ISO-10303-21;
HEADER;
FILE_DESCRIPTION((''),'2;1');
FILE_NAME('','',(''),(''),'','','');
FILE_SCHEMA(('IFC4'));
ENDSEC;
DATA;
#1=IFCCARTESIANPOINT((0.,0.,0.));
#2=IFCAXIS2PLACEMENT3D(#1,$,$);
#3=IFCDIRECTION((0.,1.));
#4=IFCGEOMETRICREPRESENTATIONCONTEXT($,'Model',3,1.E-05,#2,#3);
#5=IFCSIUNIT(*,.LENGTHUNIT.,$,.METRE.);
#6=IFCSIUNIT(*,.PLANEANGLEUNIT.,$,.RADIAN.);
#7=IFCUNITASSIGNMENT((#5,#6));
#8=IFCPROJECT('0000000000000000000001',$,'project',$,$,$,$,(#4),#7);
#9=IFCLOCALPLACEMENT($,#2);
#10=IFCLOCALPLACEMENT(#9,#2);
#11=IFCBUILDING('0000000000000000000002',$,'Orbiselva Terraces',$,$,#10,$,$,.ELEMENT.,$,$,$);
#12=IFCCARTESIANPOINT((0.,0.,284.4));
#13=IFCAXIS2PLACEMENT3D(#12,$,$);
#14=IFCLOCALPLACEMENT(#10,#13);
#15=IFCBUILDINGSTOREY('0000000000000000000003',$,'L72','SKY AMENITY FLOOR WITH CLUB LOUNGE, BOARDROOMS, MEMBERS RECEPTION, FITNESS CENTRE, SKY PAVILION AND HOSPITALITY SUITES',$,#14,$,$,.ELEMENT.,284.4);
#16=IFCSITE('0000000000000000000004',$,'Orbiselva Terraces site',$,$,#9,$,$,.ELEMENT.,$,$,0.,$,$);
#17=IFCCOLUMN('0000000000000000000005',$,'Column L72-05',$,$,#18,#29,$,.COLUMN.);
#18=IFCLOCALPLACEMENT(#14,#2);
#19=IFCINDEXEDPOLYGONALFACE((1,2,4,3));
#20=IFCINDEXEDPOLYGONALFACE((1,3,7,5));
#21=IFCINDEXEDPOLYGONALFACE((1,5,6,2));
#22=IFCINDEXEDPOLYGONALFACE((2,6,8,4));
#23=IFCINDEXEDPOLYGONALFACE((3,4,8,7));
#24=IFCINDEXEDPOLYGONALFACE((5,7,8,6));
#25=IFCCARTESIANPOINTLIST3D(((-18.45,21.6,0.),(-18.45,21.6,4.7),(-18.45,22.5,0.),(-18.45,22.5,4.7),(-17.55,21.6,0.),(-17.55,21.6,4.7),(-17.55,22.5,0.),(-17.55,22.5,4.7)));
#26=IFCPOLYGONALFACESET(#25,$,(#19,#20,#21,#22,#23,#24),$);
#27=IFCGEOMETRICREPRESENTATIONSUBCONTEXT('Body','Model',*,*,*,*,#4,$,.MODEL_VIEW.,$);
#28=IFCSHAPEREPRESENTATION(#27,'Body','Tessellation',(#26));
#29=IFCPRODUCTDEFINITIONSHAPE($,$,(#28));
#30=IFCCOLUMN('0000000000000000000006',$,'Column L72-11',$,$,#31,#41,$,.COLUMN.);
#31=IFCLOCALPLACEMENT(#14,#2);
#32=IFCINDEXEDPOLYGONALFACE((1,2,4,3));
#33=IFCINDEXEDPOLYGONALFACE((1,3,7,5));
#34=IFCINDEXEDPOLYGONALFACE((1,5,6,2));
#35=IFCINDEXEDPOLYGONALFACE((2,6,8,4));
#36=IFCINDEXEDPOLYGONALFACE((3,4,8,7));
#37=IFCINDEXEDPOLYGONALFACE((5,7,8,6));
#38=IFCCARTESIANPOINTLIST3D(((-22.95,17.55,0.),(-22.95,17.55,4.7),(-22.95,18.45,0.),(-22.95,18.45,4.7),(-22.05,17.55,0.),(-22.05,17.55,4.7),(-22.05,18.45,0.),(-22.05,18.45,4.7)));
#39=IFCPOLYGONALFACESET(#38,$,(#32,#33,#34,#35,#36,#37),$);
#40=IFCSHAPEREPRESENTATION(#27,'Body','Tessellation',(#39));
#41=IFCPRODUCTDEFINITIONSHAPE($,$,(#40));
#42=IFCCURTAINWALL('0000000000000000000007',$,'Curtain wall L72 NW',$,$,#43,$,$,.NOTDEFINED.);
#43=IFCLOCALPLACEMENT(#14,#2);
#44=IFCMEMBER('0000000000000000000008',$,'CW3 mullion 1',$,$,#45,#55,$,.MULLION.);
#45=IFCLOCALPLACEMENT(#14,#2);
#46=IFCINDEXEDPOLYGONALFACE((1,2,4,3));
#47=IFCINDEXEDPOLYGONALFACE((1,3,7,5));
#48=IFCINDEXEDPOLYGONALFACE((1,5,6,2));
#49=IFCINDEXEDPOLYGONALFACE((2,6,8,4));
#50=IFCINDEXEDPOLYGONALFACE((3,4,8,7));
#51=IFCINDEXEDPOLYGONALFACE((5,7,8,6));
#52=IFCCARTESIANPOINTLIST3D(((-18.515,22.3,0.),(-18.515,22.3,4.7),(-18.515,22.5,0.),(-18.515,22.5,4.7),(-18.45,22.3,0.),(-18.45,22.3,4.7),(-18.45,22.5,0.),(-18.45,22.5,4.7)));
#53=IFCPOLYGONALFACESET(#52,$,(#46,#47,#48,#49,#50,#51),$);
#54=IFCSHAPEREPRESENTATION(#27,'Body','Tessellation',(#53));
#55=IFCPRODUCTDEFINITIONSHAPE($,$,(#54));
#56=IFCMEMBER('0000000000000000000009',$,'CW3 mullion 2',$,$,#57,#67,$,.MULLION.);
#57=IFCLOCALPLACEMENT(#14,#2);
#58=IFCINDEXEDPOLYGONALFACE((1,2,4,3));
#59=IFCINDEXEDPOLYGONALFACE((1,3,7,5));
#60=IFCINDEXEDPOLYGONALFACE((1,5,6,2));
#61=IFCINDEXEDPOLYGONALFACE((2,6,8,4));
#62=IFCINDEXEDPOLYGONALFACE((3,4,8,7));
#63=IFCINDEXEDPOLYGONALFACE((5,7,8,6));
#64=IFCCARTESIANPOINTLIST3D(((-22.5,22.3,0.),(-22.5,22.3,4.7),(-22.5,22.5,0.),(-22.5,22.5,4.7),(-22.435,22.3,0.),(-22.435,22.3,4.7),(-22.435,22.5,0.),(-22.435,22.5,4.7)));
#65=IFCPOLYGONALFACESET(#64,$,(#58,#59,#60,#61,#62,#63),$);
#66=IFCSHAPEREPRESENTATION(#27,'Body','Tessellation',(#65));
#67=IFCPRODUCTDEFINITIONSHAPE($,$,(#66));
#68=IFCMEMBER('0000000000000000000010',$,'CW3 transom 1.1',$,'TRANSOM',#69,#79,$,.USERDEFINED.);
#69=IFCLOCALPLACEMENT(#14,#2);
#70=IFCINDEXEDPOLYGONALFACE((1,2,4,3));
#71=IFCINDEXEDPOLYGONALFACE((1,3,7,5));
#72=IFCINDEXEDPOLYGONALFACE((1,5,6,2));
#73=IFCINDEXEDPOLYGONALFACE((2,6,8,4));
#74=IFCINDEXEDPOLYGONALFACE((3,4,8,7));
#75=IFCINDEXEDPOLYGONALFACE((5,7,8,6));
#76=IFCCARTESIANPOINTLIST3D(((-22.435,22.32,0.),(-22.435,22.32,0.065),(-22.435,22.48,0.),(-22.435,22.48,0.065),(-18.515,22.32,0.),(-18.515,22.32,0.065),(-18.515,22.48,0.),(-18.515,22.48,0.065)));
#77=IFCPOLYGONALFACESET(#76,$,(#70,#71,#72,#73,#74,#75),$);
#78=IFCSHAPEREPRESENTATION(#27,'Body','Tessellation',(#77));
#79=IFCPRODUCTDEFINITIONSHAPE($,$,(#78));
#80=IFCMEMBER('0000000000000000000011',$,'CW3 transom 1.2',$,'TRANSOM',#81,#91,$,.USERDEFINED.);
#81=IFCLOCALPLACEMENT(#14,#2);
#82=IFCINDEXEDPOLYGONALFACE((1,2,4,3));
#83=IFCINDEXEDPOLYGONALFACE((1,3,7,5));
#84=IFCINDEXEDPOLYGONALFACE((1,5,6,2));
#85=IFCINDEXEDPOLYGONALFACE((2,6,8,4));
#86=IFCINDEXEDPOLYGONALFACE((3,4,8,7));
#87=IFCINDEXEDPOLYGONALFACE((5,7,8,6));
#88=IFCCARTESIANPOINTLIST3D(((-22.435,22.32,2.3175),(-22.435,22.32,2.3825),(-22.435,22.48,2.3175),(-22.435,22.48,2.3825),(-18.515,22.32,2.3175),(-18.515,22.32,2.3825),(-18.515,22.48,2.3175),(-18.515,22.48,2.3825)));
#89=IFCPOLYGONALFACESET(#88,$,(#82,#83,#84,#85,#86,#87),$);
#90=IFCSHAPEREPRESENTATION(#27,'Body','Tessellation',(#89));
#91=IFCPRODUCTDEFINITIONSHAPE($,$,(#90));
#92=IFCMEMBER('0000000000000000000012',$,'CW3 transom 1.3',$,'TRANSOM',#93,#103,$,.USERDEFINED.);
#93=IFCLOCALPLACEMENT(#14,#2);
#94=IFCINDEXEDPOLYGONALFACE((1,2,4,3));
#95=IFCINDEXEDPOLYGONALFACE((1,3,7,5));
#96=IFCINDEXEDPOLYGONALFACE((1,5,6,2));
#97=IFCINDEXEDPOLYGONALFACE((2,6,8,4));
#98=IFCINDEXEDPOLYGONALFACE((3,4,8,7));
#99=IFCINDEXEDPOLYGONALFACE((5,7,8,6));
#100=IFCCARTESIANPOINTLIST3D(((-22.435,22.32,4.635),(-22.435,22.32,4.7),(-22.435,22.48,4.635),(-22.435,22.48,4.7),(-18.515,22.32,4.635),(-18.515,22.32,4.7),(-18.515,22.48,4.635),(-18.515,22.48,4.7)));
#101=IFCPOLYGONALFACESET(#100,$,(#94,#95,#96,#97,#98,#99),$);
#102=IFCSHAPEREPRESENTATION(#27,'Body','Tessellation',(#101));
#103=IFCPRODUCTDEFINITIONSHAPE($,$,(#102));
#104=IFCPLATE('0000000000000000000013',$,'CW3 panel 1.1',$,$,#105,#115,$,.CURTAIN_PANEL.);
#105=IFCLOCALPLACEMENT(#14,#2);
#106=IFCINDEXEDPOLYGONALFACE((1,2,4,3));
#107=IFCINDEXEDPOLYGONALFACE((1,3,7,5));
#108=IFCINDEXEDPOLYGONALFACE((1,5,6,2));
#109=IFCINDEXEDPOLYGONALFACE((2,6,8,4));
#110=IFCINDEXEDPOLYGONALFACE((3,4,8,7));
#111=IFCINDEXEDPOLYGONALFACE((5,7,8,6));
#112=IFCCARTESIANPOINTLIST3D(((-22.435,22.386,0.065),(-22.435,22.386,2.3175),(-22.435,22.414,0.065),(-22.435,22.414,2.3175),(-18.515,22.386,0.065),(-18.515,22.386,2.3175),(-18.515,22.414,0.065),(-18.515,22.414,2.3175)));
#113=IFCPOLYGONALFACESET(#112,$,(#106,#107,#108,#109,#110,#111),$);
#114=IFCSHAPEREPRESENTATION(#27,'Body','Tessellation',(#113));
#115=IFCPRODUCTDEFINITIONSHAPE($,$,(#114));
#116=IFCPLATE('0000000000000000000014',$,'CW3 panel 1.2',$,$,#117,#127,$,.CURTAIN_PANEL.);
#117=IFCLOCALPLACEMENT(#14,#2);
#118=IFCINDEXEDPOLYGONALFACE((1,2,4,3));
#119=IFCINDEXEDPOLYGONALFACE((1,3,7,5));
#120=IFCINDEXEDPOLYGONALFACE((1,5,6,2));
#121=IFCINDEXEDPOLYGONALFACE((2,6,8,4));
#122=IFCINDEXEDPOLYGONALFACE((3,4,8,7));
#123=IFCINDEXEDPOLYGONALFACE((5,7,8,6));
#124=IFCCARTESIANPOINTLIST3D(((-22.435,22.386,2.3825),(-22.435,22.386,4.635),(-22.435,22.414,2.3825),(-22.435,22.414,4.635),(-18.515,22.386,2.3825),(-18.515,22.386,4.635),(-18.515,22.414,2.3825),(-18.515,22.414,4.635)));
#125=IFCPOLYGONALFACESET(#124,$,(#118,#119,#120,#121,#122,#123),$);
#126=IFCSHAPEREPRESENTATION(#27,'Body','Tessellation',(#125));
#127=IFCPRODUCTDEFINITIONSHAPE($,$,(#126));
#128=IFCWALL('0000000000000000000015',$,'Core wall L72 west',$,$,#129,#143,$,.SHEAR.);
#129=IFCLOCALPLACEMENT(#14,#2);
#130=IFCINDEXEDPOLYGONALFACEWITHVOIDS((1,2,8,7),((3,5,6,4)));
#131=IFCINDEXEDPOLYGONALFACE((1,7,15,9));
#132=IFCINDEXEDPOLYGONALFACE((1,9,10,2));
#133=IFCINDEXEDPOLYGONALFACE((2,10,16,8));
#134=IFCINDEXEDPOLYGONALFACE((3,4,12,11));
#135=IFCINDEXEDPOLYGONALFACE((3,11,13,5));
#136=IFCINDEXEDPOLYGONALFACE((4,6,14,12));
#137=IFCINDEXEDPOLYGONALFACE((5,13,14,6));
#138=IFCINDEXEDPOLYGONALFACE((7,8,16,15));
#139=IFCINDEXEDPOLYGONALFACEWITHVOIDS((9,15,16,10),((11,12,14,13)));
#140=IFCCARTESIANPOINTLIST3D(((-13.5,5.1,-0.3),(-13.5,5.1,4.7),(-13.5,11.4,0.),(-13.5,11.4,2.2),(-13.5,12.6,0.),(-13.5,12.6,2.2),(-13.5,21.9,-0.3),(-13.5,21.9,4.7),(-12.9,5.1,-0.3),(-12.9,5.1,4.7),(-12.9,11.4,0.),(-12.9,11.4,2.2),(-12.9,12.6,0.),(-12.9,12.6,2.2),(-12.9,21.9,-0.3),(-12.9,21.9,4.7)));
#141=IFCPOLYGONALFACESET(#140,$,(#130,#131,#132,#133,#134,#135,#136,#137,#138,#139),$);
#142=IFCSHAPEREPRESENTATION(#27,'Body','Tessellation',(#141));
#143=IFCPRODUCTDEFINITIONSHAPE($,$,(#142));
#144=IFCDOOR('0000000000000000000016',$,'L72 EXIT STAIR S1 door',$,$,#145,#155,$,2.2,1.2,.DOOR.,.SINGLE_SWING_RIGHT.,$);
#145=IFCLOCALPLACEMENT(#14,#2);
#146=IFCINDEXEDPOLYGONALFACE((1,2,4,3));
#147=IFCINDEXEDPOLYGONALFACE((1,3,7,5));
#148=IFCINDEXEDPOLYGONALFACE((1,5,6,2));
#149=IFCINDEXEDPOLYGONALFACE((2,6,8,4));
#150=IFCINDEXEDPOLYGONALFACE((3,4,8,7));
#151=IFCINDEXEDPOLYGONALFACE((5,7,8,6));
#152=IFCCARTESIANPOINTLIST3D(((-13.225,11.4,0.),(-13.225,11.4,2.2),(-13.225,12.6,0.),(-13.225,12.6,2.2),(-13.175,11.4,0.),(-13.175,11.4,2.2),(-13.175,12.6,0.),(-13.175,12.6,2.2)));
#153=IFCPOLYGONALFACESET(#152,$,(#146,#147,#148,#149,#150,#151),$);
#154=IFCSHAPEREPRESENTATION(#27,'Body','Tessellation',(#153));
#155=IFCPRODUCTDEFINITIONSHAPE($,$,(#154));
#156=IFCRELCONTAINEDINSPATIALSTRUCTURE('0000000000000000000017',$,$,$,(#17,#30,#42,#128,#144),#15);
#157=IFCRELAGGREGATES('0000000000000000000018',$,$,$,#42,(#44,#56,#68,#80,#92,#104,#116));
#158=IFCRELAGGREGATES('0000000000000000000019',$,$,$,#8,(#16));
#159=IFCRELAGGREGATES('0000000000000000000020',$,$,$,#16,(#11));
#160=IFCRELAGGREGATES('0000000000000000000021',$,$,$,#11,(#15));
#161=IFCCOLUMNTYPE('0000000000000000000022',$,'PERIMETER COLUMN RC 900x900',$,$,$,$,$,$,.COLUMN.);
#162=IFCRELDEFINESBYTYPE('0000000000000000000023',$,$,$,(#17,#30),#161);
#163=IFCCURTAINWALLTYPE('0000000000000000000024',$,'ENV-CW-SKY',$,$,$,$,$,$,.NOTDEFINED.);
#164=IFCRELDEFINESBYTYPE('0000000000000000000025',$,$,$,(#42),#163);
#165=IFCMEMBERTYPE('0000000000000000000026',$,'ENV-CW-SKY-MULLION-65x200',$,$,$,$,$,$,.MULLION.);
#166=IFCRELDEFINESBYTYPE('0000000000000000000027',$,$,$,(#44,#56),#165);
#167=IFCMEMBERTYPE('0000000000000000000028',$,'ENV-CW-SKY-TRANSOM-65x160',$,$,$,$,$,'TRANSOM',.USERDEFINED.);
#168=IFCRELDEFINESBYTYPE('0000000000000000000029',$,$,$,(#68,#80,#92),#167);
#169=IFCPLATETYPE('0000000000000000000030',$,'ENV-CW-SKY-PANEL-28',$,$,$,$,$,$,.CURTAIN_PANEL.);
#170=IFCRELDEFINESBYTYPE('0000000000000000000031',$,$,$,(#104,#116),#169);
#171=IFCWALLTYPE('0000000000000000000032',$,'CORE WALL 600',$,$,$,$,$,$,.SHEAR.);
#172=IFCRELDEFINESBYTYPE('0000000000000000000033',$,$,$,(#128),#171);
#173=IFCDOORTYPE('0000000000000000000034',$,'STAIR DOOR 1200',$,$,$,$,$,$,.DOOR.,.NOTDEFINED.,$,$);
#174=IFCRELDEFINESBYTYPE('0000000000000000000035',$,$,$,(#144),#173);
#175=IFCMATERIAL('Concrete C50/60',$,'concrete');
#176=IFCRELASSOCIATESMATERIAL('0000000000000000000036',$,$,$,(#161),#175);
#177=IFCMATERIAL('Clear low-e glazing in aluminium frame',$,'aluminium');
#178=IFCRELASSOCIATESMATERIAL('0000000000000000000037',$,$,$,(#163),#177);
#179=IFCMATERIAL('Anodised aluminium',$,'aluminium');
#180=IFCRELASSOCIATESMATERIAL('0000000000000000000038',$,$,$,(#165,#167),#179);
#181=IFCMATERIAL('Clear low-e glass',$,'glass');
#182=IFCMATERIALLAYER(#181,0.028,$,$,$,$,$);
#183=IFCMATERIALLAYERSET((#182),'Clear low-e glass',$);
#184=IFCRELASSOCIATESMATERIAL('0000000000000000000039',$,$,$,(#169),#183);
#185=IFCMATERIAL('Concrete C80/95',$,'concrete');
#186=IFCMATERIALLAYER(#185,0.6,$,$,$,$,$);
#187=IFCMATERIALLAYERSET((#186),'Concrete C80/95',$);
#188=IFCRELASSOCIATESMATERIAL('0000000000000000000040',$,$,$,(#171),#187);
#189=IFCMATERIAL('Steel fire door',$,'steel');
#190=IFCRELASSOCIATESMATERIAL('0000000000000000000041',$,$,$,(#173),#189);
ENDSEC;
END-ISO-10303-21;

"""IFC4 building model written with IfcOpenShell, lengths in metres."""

from ifc_helpers import new_model, si_unit, direction, frame, frame_2d, origin, origin_2d, place, context, subcontext, project, spatial, rectangle, extrude, material, layer, layer_set, material_profile, profile_set, type_object, element, fill, aggregate, save


model = new_model("IFC4")

# Units and contexts
model_context = context("Model", 3, precision=1e-05, world=origin(), true_north=direction((0.0, 1.0)))
body_context = subcontext(model_context, "Body", "Model", "MODEL_VIEW")
ifc_project = project(units=[si_unit("LENGTHUNIT", "METRE"), si_unit("PLANEANGLEUNIT", "RADIAN")], contexts=[model_context])

# Site, building, storey
site_placement = place(None, origin())
site = spatial("IfcSite", under=ifc_project, at=site_placement, Name="Orbiselva Terraces site", CompositionType="ELEMENT", RefElevation=0.0)
building_placement = place(site_placement, origin())
building = spatial("IfcBuilding", under=site, at=building_placement, Name="Orbiselva Terraces", CompositionType="ELEMENT")
storey_placement = place(building_placement, frame((0.0, 0.0, 284.4)))
storey = spatial("IfcBuildingStorey", under=building, at=storey_placement, Name="L72", Description="SKY AMENITY FLOOR WITH CLUB LOUNGE, BOARDROOMS, MEMBERS RECEPTION, FITNESS CENTRE, SKY PAVILION AND HOSPITALITY SUITES", CompositionType="ELEMENT", Elevation=284.4)

# Columns
ifc_material_1 = material(Name="Concrete C50/60", Category="concrete")
ifc_material_profile_1 = material_profile(ifc_material_1, rectangle(XDim=0.9, YDim=0.9, at=origin_2d()), Name="RC 900x900")
ifc_profile_set_1 = profile_set([ifc_material_profile_1], Name="Concrete C50/60")
column_type = type_object("IfcColumnType", Name="PERIMETER COLUMN RC 900x900", PredefinedType="COLUMN", material=ifc_profile_set_1)
for number, where, z_axis, x_axis, name in (
    (1, (-18.0, 22.05, 0.0), (0.0, 0.0, 1.0), (1.0, 0.0, 0.0), "Column L72-05"),
    (2, (-22.5, 18.0, 0.0), (0.0, 0.0, 1.0), (1.0, 0.0, 0.0), "Column L72-11"),
):
    element("IfcColumn", number, at=place(storey_placement, frame(where, z_axis=z_axis, x_axis=x_axis)), inside=storey, type_object=column_type, Name=name, PredefinedType="COLUMN", context=body_context, shape_type="SweptSolid", body=[
        extrude(rectangle(XDim=0.9, YDim=0.9, at=origin_2d()), origin(), (0.0, 0.0, 1.0), 4.7),
    ])

# Curtain wall, members, plates
ifc_material_2 = material(Name="Clear low-e glazing in aluminium frame", Category="aluminium")
curtain_wall_type = type_object("IfcCurtainWallType", Name="ENV-CW-SKY", PredefinedType="NOTDEFINED", material=ifc_material_2)
curtain_wall_placement = place(storey_placement, origin())
curtain_wall = element("IfcCurtainWall", 3, at=curtain_wall_placement, inside=storey, type_object=curtain_wall_type, Name="Curtain wall L72 NW", PredefinedType="NOTDEFINED")
ifc_material_3 = material(Name="Anodised aluminium", Category="aluminium")
ifc_material_profile_2 = material_profile(ifc_material_3, rectangle(XDim=0.2, YDim=0.065, at=origin_2d()), Name="AL 65x200")
ifc_profile_set_2 = profile_set([ifc_material_profile_2], Name="Anodised aluminium")
member_type_1 = type_object("IfcMemberType", Name="ENV-CW-SKY-MULLION-65x200", PredefinedType="MULLION", material=ifc_profile_set_2)
member_1_placement = place(storey_placement, frame((-18.4825, 22.4, 0.0), z_axis=(0.0, 0.0, 1.0), x_axis=(0.0, -1.0, 0.0)))
member_1 = element("IfcMember", 4, at=member_1_placement, type_object=member_type_1, Name="CW3 mullion 1", PredefinedType="MULLION", context=body_context, shape_type="SweptSolid", body=[
    extrude(rectangle(XDim=0.2, YDim=0.065, at=origin_2d()), origin(), (0.0, 0.0, 1.0), 4.7),
])
member_2_placement = place(storey_placement, frame((-22.4675, 22.4, 0.0), z_axis=(0.0, 0.0, 1.0), x_axis=(0.0, -1.0, 0.0)))
member_2 = element("IfcMember", 5, at=member_2_placement, type_object=member_type_1, Name="CW3 mullion 2", PredefinedType="MULLION", context=body_context, shape_type="SweptSolid", body=[
    extrude(rectangle(XDim=0.2, YDim=0.065, at=origin_2d()), origin(), (0.0, 0.0, 1.0), 4.7),
])
ifc_material_profile_3 = material_profile(ifc_material_3, rectangle(XDim=0.16, YDim=0.065, at=origin_2d()), Name="AL 65x160")
ifc_profile_set_3 = profile_set([ifc_material_profile_3], Name="Anodised aluminium")
member_type_2 = type_object("IfcMemberType", Name="ENV-CW-SKY-TRANSOM-65x160", ElementType="TRANSOM", PredefinedType="USERDEFINED", material=ifc_profile_set_3)
member_3_placement = place(storey_placement, frame((-18.515, 22.4, 0.0325), z_axis=(-1.0, 0.0, 0.0), x_axis=(0.0, -1.0, 0.0)))
member_3 = element("IfcMember", 6, at=member_3_placement, type_object=member_type_2, Name="CW3 transom 1.1", ObjectType="TRANSOM", PredefinedType="USERDEFINED", context=body_context, shape_type="SweptSolid", body=[
    extrude(rectangle(XDim=0.16, YDim=0.065, at=origin_2d()), origin(), (0.0, 0.0, 1.0), 3.92),
])
member_4_placement = place(storey_placement, frame((-18.515, 22.4, 2.35), z_axis=(-1.0, 0.0, 0.0), x_axis=(0.0, -1.0, 0.0)))
member_4 = element("IfcMember", 7, at=member_4_placement, type_object=member_type_2, Name="CW3 transom 1.2", ObjectType="TRANSOM", PredefinedType="USERDEFINED", context=body_context, shape_type="SweptSolid", body=[
    extrude(rectangle(XDim=0.16, YDim=0.065, at=origin_2d()), origin(), (0.0, 0.0, 1.0), 3.92),
])
member_5_placement = place(storey_placement, frame((-18.515, 22.4, 4.6675), z_axis=(-1.0, 0.0, 0.0), x_axis=(0.0, -1.0, 0.0)))
member_5 = element("IfcMember", 8, at=member_5_placement, type_object=member_type_2, Name="CW3 transom 1.3", ObjectType="TRANSOM", PredefinedType="USERDEFINED", context=body_context, shape_type="SweptSolid", body=[
    extrude(rectangle(XDim=0.16, YDim=0.065, at=origin_2d()), origin(), (0.0, 0.0, 1.0), 3.92),
])
ifc_material_4 = material(Name="Clear low-e glass", Category="glass")
ifc_layer_1 = layer(ifc_material_4, 0.028)
ifc_layer_set_1 = layer_set([ifc_layer_1], Name="Clear low-e glass")
plate_type = type_object("IfcPlateType", Name="ENV-CW-SKY-PANEL-28", PredefinedType="CURTAIN_PANEL", material=ifc_layer_set_1)
plate_1_placement = place(storey_placement, frame((-20.475, 22.4, 0.065), z_axis=(0.0, 0.0, 1.0), x_axis=(-1.0, 0.0, 0.0)))
plate_1 = element("IfcPlate", 9, at=plate_1_placement, type_object=plate_type, Name="CW3 panel 1.1", PredefinedType="CURTAIN_PANEL", context=body_context, shape_type="SweptSolid", body=[
    extrude(rectangle(XDim=3.92, YDim=0.028, at=origin_2d()), origin(), (0.0, 0.0, 1.0), 2.2525),
])
plate_2_placement = place(storey_placement, frame((-20.475, 22.4, 2.3825), z_axis=(0.0, 0.0, 1.0), x_axis=(-1.0, 0.0, 0.0)))
plate_2 = element("IfcPlate", 10, at=plate_2_placement, type_object=plate_type, Name="CW3 panel 1.2", PredefinedType="CURTAIN_PANEL", context=body_context, shape_type="SweptSolid", body=[
    extrude(rectangle(XDim=3.92, YDim=0.028, at=origin_2d()), origin(), (0.0, 0.0, 1.0), 2.2525),
])
aggregate(curtain_wall, [member_1, member_2, member_3, member_4, member_5, plate_1, plate_2])

# Wall, opening, door
ifc_material_5 = material(Name="Concrete C80/95", Category="concrete")
ifc_layer_2 = layer(ifc_material_5, 0.6)
ifc_layer_set_2 = layer_set([ifc_layer_2], Name="Concrete C80/95")
wall_type_1 = type_object("IfcWallType", Name="CORE WALL 600", PredefinedType="SHEAR", material=ifc_layer_set_2)
wall_1_placement = place(storey_placement, frame((-13.2, 21.9, -0.3), z_axis=(0.0, 0.0, 1.0), x_axis=(0.0, -1.0, 0.0)))
wall_1 = element("IfcWall", 11, at=wall_1_placement, inside=storey, type_object=wall_type_1, Name="Core wall L72 west", PredefinedType="SHEAR", context=body_context, shape_type="SweptSolid", body=[
    extrude(rectangle(XDim=16.8, YDim=0.6, at=frame_2d((8.4, 0.0))), origin(), (0.0, 0.0, 1.0), 5.0),
])
opening_1_placement = place(wall_1_placement, frame((9.3, 0.0, 0.3)))
opening_1 = element("IfcOpeningElement", 12, at=opening_1_placement, cuts=wall_1, PredefinedType="OPENING", context=body_context, shape_type="SweptSolid", body=[
    extrude(rectangle(XDim=1.2, YDim=2.2, at=frame_2d((0.6, 1.1))), frame((0.0, 0.31, 0.0), z_axis=(0.0, -1.0, 0.0), x_axis=(1.0, 0.0, 0.0)), (0.0, 0.0, 1.0), 0.62),
])
ifc_material_6 = material(Name="Steel fire door", Category="steel")
door_type_1 = type_object("IfcDoorType", Name="STAIR DOOR 1200", OperationType="NOTDEFINED", PredefinedType="DOOR", material=ifc_material_6)
door_1_placement = place(opening_1_placement, frame((1.2, 0.0, 0.0), z_axis=(0.0, 0.0, 1.0), x_axis=(-1.0, 0.0, 0.0)))
door_1 = element("IfcDoor", 13, at=door_1_placement, inside=storey, type_object=door_type_1, Name="L72 EXIT STAIR S1 door", OperationType="SINGLE_SWING_RIGHT", OverallHeight=2.2, OverallWidth=1.2, PredefinedType="DOOR", context=body_context, shape_type="SweptSolid", body=[
    extrude(rectangle(XDim=1.2, YDim=2.2, at=frame_2d((0.6, 1.1))), frame((0.0, 0.025, 0.0), z_axis=(0.0, -1.0, 0.0), x_axis=(1.0, 0.0, 0.0)), (0.0, 0.0, 1.0), 0.05),
])
fill(opening_1, door_1)

save(model, "model.ifc")
